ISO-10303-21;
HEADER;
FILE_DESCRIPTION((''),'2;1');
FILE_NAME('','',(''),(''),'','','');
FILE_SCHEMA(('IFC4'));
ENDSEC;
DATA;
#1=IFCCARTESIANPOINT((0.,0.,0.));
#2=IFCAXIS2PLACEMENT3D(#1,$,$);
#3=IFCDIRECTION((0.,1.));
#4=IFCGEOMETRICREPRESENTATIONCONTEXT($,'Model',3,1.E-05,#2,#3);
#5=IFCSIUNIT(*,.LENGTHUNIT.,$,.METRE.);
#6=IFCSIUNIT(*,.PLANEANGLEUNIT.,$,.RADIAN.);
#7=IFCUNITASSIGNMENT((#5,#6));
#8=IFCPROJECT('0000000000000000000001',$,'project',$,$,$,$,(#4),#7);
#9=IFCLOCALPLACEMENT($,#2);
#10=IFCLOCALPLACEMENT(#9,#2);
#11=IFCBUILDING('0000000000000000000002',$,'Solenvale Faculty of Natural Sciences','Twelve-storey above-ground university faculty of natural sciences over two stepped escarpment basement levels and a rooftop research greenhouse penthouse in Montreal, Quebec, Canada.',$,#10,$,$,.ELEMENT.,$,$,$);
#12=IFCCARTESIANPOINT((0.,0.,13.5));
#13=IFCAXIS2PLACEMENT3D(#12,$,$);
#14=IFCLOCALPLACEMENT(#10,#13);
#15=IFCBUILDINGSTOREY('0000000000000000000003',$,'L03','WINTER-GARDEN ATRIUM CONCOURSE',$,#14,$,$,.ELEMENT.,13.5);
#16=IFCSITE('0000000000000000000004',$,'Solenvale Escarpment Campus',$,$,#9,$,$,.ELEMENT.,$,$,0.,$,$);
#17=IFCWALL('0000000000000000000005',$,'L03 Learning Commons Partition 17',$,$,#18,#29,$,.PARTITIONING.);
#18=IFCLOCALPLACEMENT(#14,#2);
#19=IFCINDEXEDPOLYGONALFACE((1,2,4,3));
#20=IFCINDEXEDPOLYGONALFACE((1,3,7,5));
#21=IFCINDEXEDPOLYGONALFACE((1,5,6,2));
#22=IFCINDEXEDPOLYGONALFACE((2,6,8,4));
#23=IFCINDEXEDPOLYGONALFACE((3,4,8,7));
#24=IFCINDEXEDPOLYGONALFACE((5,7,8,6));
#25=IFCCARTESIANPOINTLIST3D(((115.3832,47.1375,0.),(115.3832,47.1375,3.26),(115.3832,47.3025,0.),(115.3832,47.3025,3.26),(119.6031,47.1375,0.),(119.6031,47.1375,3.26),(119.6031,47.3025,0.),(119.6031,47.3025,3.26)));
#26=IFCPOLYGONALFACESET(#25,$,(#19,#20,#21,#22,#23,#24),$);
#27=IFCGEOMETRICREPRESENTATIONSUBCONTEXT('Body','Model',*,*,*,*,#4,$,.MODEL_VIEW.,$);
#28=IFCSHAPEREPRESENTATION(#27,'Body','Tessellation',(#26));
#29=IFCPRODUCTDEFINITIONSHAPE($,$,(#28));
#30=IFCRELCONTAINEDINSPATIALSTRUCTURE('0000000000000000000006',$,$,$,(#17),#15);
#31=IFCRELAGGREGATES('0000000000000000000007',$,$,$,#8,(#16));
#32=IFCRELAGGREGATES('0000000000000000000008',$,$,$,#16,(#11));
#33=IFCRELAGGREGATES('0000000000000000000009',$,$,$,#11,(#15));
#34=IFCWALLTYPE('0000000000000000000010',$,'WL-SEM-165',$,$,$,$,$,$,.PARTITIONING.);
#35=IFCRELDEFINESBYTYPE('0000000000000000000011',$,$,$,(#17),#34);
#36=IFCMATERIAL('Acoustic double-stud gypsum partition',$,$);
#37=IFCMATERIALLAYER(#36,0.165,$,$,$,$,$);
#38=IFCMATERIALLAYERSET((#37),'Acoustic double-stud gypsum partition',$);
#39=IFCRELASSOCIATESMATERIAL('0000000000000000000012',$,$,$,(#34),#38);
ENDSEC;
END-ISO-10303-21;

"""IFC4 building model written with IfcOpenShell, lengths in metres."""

from ifc_helpers import new_model, si_unit, direction, frame, frame_2d, origin, place, context, subcontext, project, spatial, rectangle, extrude, material, layer, layer_set, type_object, element, save


model = new_model("IFC4")

# Units and contexts
model_context = context("Model", 3, precision=1e-05, world=origin(), true_north=direction((0.0, 1.0)))
body_context = subcontext(model_context, "Body", "Model", "MODEL_VIEW")
ifc_project = project(units=[si_unit("LENGTHUNIT", "METRE"), si_unit("PLANEANGLEUNIT", "RADIAN")], contexts=[model_context])

# Site, building, storey
site_placement = place(None, origin())
site = spatial("IfcSite", under=ifc_project, at=site_placement, Name="Solenvale Escarpment Campus", CompositionType="ELEMENT", RefElevation=0.0)
building_placement = place(site_placement, origin())
building = spatial("IfcBuilding", under=site, at=building_placement, Name="Solenvale Faculty of Natural Sciences", Description="Twelve-storey above-ground university faculty of natural sciences over two stepped escarpment basement levels and a rooftop research greenhouse penthouse in Montreal, Quebec, Canada.", CompositionType="ELEMENT")
storey_placement = place(building_placement, frame((0.0, 0.0, 13.5)))
storey = spatial("IfcBuildingStorey", under=building, at=storey_placement, Name="L03", Description="WINTER-GARDEN ATRIUM CONCOURSE", CompositionType="ELEMENT", Elevation=13.5)

# Wall
ifc_material_1 = material(Name="Acoustic double-stud gypsum partition")
ifc_layer_1 = layer(ifc_material_1, 0.165)
ifc_layer_set_1 = layer_set([ifc_layer_1], Name="Acoustic double-stud gypsum partition")
wall_type = type_object("IfcWallType", Name="WL-SEM-165", PredefinedType="PARTITIONING", material=ifc_layer_set_1)
wall_placement = place(storey_placement, frame((119.603, 47.22, 0.0), z_axis=(0.0, 0.0, 1.0), x_axis=(-1.0, 0.0, 0.0)))
element("IfcWall", 1, at=wall_placement, inside=storey, type_object=wall_type, Name="L03 Learning Commons Partition 17", PredefinedType="PARTITIONING", context=body_context, shape_type="SweptSolid", body=[
    extrude(rectangle(XDim=4.22, YDim=0.165, at=frame_2d((2.1099, 0.0))), origin(), (0.0, 0.0, 1.0), 3.26),
])

save(model, "model.ifc")
